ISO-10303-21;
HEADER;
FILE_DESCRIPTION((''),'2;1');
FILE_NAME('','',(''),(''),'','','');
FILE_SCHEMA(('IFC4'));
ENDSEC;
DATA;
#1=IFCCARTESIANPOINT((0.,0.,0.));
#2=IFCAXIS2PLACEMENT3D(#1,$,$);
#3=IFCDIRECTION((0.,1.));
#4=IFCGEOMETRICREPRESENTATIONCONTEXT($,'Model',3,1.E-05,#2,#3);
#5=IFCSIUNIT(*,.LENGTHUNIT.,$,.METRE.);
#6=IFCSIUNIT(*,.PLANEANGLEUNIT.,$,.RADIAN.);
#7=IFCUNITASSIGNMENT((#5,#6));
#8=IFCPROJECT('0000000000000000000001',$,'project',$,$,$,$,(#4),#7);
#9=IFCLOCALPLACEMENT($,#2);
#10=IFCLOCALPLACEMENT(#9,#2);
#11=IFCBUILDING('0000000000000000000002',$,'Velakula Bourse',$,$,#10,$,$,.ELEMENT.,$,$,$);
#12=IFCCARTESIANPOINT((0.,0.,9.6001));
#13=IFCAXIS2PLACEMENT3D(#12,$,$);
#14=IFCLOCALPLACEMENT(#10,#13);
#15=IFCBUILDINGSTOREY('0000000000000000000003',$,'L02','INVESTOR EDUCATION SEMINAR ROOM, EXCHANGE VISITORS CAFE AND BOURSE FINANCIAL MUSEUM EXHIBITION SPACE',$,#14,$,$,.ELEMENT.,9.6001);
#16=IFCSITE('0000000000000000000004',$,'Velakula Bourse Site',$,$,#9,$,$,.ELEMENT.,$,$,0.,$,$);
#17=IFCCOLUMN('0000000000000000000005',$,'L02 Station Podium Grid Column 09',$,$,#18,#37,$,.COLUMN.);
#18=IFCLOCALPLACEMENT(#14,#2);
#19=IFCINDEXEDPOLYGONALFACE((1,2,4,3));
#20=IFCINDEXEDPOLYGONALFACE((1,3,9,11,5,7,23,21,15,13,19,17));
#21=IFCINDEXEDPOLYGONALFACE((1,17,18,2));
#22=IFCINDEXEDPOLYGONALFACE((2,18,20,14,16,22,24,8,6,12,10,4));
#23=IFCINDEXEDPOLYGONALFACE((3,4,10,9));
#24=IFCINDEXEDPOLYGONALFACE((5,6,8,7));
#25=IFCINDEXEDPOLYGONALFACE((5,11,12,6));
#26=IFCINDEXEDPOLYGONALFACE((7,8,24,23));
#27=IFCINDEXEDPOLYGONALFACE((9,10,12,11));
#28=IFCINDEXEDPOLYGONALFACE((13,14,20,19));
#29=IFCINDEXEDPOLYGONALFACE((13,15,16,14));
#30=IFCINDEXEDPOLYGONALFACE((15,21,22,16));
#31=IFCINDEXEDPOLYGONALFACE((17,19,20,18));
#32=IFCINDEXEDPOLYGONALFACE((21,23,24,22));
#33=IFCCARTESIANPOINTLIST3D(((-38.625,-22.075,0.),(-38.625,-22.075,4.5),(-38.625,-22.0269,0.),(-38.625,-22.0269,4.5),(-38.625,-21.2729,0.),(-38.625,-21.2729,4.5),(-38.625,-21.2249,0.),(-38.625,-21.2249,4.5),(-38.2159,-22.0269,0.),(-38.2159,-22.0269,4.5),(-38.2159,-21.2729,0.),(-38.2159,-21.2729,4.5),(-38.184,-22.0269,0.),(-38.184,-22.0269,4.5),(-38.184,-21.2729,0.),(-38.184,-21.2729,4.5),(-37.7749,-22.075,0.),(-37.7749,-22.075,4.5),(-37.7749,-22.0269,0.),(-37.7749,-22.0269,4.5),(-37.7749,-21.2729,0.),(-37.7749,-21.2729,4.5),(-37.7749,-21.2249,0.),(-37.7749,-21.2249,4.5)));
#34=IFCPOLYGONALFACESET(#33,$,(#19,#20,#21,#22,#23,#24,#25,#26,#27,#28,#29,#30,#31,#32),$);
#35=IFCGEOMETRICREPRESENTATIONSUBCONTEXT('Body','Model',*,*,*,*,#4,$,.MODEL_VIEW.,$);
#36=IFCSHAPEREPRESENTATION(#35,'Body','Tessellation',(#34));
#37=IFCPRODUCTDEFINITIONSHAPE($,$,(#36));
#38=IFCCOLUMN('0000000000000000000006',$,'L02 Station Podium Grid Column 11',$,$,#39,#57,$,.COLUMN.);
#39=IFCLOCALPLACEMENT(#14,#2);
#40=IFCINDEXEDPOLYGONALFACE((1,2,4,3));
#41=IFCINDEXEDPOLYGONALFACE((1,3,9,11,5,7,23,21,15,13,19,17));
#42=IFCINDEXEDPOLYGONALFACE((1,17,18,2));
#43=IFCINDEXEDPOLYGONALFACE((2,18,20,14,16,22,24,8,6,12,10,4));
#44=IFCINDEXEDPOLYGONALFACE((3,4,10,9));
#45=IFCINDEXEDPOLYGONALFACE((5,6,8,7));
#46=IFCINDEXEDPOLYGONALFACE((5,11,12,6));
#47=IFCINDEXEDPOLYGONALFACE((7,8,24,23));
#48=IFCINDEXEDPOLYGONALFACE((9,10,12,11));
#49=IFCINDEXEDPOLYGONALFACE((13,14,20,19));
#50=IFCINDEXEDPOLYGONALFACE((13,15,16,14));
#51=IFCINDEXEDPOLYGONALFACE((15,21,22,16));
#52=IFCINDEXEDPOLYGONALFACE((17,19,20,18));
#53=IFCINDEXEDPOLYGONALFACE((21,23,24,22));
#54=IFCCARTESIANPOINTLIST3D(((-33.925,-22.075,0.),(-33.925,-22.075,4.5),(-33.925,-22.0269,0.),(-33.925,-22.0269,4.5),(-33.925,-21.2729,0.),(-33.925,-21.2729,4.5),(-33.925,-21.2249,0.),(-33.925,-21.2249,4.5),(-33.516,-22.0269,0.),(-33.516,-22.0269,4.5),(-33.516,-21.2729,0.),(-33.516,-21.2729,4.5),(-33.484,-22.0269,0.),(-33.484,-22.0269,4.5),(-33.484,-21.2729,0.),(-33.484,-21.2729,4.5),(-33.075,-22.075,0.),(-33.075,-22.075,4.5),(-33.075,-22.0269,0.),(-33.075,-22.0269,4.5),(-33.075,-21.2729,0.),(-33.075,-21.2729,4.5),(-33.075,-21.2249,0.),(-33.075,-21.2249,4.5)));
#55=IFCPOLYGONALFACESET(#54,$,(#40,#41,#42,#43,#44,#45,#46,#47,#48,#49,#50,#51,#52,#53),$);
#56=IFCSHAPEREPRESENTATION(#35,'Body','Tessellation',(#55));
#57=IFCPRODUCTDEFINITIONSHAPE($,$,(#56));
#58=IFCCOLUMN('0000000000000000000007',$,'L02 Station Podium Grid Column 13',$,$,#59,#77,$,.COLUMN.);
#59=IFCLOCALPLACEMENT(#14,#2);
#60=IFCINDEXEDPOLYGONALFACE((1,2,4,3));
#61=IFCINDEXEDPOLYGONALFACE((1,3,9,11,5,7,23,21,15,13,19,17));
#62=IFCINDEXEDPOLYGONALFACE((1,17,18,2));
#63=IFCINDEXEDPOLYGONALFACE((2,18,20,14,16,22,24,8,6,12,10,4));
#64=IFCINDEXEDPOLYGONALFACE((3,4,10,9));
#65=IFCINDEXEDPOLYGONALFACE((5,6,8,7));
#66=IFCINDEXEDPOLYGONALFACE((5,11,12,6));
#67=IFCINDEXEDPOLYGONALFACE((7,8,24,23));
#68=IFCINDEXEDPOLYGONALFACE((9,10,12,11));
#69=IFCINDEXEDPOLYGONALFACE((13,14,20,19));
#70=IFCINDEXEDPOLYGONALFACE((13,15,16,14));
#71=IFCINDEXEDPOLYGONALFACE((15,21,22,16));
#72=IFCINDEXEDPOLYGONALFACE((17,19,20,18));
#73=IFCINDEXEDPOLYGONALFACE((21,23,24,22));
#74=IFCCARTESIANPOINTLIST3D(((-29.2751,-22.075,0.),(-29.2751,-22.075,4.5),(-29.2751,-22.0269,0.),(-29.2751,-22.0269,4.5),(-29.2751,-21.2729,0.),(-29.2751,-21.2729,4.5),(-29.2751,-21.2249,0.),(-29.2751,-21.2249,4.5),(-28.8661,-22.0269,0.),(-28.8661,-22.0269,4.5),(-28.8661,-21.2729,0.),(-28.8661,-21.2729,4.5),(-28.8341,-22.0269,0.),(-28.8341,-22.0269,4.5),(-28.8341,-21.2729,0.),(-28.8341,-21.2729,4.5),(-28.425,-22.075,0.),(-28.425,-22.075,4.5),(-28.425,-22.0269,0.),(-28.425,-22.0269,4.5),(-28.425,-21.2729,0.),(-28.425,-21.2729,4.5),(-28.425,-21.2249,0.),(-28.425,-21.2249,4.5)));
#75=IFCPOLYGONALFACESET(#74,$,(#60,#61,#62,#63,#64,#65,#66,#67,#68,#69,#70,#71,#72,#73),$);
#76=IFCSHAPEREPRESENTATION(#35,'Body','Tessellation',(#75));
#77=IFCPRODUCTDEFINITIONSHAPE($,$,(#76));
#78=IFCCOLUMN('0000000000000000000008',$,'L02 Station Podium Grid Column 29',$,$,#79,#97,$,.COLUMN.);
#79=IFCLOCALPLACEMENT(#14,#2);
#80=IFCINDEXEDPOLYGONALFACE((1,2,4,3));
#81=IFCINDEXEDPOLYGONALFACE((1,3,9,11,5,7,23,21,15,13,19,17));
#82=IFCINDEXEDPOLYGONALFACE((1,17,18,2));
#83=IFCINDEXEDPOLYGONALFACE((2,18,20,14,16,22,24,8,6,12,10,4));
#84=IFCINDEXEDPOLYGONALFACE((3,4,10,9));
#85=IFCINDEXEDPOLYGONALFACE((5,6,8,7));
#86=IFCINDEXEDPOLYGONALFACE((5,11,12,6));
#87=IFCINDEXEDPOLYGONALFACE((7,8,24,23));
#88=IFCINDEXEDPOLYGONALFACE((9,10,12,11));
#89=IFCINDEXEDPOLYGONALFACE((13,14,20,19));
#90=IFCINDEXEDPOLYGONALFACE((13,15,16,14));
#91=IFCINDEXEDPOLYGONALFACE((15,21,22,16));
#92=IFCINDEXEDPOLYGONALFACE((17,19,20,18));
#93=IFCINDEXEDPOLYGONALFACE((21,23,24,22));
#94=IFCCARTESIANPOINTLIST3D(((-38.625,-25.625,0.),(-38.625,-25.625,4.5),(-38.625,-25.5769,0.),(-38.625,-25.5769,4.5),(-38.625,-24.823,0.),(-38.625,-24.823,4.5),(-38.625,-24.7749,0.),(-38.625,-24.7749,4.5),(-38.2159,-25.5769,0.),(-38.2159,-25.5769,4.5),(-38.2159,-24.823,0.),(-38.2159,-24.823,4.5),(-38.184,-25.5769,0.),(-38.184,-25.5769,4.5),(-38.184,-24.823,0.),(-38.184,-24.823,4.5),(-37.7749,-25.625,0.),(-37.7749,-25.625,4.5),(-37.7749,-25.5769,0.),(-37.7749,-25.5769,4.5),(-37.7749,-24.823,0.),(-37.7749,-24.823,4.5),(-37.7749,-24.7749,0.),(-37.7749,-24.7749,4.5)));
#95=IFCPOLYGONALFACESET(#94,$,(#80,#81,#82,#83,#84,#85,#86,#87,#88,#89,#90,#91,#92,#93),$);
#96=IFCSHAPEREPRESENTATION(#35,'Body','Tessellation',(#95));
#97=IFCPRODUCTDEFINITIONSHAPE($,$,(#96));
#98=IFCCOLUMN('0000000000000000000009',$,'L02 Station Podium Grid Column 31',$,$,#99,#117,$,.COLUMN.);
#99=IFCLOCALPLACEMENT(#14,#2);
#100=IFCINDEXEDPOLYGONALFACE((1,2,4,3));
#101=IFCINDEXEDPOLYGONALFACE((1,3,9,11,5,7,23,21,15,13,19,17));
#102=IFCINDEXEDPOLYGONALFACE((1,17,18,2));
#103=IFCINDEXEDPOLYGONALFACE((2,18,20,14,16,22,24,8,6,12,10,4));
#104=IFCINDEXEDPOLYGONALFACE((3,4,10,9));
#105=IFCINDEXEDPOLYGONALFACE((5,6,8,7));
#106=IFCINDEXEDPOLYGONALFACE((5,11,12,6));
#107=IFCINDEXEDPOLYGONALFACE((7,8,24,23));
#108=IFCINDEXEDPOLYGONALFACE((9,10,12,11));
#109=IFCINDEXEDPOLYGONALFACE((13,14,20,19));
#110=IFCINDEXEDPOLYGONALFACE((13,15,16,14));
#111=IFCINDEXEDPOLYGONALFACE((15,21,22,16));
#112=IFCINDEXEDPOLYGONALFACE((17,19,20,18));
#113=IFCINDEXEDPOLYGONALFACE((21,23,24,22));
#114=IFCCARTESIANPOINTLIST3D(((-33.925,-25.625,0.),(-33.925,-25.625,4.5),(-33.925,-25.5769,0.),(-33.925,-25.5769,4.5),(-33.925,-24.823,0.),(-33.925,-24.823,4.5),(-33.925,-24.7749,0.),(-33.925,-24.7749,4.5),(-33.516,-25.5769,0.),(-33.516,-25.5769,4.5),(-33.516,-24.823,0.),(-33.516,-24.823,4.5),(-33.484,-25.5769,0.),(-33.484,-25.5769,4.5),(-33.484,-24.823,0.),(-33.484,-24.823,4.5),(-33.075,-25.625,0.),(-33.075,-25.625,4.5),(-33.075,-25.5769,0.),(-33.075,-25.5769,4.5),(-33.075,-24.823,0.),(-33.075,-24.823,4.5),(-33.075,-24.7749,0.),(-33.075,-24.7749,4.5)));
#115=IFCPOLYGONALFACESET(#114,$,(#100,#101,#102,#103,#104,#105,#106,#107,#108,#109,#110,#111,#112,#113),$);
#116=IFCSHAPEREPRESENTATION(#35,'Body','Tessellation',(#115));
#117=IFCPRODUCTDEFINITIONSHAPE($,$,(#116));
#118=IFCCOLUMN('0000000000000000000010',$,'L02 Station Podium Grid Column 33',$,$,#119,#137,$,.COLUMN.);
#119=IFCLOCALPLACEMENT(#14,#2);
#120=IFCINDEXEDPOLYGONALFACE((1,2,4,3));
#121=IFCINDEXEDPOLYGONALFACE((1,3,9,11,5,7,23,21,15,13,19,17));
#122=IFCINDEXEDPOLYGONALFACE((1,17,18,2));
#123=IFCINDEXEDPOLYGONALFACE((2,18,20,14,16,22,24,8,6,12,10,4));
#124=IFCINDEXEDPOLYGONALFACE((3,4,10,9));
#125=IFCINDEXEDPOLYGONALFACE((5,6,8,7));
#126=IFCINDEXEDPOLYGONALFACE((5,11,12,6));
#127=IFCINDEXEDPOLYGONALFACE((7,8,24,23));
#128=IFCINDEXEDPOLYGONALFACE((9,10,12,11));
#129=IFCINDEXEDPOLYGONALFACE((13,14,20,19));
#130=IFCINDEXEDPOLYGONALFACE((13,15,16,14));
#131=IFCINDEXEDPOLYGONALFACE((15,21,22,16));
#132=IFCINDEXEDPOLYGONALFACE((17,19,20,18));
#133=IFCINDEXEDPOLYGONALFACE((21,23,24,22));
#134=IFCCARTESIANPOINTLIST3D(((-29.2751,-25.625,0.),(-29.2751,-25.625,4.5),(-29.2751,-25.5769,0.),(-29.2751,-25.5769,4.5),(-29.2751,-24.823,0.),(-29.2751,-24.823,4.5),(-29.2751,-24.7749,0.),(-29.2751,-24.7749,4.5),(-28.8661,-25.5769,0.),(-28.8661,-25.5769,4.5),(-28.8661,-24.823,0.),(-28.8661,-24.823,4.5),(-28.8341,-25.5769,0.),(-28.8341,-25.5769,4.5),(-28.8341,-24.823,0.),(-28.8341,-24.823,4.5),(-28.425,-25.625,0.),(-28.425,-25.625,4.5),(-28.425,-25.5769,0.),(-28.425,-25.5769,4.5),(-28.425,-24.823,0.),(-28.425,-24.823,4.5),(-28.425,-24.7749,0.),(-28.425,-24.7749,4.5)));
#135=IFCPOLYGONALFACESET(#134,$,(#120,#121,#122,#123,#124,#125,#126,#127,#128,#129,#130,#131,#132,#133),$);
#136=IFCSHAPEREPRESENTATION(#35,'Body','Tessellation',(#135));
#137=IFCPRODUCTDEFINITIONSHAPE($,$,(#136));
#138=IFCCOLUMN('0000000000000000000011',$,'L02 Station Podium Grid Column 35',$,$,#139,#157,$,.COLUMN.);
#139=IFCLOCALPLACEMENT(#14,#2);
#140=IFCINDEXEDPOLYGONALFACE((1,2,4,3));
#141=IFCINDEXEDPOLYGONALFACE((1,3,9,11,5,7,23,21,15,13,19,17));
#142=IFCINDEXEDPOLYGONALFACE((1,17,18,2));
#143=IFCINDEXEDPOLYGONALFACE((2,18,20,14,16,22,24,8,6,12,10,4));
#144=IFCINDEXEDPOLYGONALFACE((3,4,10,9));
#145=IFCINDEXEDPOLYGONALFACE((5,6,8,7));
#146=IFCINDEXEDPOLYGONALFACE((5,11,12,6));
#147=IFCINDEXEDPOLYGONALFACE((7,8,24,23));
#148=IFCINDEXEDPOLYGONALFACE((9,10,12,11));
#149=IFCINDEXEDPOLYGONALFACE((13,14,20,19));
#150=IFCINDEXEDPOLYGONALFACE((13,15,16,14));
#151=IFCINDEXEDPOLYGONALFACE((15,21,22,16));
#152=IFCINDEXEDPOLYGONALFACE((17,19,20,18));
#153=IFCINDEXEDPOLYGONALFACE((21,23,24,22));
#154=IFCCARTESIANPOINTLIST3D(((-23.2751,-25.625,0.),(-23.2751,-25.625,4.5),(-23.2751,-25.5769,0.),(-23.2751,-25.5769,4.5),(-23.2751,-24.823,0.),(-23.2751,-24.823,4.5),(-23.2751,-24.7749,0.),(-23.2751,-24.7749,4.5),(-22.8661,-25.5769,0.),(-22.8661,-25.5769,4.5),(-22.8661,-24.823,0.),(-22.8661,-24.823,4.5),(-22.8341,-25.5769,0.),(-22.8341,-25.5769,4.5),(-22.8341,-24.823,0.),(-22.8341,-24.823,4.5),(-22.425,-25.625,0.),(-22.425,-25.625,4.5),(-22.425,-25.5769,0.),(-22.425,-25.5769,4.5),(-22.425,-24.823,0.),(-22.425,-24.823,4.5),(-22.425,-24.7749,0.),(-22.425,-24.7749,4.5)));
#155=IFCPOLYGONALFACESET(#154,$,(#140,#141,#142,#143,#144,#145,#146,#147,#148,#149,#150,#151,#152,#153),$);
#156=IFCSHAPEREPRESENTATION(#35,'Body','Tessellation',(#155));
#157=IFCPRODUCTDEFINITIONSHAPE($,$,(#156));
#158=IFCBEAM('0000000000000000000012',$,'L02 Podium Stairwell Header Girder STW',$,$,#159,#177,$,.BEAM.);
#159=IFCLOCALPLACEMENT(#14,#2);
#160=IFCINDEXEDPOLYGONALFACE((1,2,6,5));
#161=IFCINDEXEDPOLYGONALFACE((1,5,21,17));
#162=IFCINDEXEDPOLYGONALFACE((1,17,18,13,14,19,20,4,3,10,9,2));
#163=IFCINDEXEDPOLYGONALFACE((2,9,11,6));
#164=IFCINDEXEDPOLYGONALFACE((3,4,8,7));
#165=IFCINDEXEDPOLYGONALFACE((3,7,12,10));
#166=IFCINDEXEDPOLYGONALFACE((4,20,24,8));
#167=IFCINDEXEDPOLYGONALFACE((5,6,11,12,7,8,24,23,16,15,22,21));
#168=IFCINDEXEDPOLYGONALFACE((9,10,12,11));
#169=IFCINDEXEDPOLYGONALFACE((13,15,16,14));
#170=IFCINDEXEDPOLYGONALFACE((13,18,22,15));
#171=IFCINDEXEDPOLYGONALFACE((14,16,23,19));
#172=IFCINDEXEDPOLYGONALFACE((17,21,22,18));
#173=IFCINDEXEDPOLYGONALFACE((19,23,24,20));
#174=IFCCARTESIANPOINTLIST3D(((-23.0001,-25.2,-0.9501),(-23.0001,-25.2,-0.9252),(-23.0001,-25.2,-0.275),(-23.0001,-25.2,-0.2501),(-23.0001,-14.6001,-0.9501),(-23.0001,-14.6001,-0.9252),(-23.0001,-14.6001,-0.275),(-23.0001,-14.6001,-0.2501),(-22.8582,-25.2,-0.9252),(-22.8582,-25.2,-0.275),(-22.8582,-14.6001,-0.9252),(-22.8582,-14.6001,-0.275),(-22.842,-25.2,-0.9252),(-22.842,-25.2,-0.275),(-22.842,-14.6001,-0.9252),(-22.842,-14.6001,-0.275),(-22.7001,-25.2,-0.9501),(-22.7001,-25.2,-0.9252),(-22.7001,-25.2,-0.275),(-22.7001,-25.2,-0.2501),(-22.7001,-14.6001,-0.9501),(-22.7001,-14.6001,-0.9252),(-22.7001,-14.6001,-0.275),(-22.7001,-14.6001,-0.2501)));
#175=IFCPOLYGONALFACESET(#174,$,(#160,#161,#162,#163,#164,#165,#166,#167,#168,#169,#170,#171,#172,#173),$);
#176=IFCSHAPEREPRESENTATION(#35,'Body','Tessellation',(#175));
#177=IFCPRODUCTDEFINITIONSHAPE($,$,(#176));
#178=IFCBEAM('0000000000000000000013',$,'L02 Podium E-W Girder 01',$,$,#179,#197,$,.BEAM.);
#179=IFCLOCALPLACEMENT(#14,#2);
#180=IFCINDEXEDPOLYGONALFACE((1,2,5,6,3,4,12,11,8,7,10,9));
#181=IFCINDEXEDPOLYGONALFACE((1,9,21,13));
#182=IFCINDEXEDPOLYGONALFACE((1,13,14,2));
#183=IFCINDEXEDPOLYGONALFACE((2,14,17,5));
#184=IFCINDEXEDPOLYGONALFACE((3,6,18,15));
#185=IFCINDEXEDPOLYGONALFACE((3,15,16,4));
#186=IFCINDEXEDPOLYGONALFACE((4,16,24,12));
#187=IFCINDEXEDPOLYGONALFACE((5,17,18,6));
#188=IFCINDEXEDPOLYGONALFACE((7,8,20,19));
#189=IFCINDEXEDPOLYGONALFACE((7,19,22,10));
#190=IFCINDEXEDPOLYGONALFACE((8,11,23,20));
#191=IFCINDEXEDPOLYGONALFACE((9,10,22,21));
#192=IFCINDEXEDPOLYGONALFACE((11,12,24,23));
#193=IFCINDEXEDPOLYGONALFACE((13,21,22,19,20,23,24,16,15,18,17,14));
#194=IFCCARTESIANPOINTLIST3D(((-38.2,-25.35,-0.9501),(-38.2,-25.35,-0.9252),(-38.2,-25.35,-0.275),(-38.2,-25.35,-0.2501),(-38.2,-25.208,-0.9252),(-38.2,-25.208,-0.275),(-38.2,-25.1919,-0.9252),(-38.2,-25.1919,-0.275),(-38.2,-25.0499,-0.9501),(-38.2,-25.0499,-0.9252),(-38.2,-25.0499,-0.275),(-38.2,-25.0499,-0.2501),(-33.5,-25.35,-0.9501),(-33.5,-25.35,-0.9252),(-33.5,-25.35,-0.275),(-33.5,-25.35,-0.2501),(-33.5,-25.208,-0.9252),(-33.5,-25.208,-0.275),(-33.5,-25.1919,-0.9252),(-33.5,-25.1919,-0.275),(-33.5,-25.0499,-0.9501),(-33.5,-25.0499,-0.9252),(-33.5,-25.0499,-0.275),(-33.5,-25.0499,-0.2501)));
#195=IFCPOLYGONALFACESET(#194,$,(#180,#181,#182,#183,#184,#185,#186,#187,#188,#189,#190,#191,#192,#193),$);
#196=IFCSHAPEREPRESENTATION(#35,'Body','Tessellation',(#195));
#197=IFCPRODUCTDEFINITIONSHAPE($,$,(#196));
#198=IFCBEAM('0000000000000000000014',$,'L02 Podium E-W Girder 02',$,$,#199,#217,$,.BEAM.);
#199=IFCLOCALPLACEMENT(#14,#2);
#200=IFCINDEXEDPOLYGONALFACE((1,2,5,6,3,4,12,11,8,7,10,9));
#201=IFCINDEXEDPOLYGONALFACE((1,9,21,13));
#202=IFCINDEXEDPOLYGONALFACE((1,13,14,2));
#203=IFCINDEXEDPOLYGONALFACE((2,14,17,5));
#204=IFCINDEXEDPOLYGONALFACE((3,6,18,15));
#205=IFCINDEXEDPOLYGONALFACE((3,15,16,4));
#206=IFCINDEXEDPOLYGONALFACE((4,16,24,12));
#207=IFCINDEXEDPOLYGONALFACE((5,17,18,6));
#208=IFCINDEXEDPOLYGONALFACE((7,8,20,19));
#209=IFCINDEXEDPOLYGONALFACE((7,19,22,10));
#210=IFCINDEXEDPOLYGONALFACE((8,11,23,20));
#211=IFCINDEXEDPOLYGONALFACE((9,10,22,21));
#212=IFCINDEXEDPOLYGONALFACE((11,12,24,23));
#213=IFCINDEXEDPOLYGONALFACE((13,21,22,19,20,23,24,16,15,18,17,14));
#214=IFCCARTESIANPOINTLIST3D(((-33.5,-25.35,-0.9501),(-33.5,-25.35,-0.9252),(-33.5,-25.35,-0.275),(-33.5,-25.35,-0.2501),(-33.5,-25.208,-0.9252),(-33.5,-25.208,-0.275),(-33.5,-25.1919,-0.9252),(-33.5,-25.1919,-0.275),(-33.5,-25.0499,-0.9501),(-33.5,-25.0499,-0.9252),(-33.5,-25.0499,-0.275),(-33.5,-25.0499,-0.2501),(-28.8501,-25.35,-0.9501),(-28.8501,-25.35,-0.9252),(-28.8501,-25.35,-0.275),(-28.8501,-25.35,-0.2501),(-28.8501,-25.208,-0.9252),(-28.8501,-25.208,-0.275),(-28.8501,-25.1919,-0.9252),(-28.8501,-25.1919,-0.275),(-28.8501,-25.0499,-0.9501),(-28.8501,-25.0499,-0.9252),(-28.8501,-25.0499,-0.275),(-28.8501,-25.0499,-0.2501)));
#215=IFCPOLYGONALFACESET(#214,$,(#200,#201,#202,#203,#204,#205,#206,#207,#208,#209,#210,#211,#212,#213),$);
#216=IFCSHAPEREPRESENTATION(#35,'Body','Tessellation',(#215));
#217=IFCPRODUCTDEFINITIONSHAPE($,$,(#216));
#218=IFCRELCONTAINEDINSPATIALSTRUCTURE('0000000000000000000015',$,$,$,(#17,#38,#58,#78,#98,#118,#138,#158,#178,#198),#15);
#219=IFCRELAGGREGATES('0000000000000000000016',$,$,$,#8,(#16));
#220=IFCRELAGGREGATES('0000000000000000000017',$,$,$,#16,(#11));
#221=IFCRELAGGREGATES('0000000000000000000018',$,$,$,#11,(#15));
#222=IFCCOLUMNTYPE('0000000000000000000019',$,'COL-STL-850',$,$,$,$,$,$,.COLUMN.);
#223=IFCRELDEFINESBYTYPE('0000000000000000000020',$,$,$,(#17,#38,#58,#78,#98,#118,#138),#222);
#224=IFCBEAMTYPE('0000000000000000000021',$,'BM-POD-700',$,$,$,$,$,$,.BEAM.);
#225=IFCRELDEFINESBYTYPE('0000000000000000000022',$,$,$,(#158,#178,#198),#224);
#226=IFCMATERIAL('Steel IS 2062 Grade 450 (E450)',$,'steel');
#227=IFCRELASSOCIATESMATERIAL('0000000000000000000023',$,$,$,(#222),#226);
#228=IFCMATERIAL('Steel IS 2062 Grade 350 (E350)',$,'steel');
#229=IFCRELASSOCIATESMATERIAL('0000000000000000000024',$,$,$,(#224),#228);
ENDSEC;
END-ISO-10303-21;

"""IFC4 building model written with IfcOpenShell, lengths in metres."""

from ifc_helpers import new_model, si_unit, direction, frame, origin, origin_2d, place, context, subcontext, project, spatial, i_section, extrude, material, material_profile, profile_set, type_object, element, save


model = new_model("IFC4")

# Units and contexts
model_context = context("Model", 3, precision=1e-05, world=origin(), true_north=direction((0.0, 1.0)))
body_context = subcontext(model_context, "Body", "Model", "MODEL_VIEW")
ifc_project = project(units=[si_unit("LENGTHUNIT", "METRE"), si_unit("PLANEANGLEUNIT", "RADIAN")], contexts=[model_context])

# Site, building, storey
site_placement = place(None, origin())
site = spatial("IfcSite", under=ifc_project, at=site_placement, Name="Velakula Bourse Site", CompositionType="ELEMENT", RefElevation=0.0)
building_placement = place(site_placement, origin())
building = spatial("IfcBuilding", under=site, at=building_placement, Name="Velakula Bourse", CompositionType="ELEMENT")
storey_placement = place(building_placement, frame((0.0, 0.0, 9.6001)))
storey = spatial("IfcBuildingStorey", under=building, at=storey_placement, Name="L02", Description="INVESTOR EDUCATION SEMINAR ROOM, EXCHANGE VISITORS CAFE AND BOURSE FINANCIAL MUSEUM EXHIBITION SPACE", CompositionType="ELEMENT", Elevation=9.6001)

# Columns
ifc_material_1 = material(Name="Steel IS 2062 Grade 450 (E450)", Category="steel")
ifc_material_profile_1 = material_profile(ifc_material_1, i_section(OverallWidth=0.8501, OverallDepth=0.8501, WebThickness=0.032, FlangeThickness=0.0481, at=origin_2d()), Name="Steel IS 2062 Grade 450 (E450)")
ifc_profile_set_1 = profile_set([ifc_material_profile_1], Name="Steel IS 2062 Grade 450 (E450)")
column_type = type_object("IfcColumnType", Name="COL-STL-850", PredefinedType="COLUMN", material=ifc_profile_set_1)
for number, where, z_axis, x_axis, name in (
    (1, (-38.2, -21.6499, 0.0), (0.0, 0.0, 1.0), (1.0, 0.0, 0.0), "L02 Station Podium Grid Column 09"),
    (2, (-33.5, -21.6499, 0.0), (0.0, 0.0, 1.0), (1.0, 0.0, 0.0), "L02 Station Podium Grid Column 11"),
    (3, (-28.8501, -21.6499, 0.0), (0.0, 0.0, 1.0), (1.0, 0.0, 0.0), "L02 Station Podium Grid Column 13"),
    (4, (-38.2, -25.2, 0.0), (0.0, 0.0, 1.0), (1.0, 0.0, 0.0), "L02 Station Podium Grid Column 29"),
    (5, (-33.5, -25.2, 0.0), (0.0, 0.0, 1.0), (1.0, 0.0, 0.0), "L02 Station Podium Grid Column 31"),
    (6, (-28.8501, -25.2, 0.0), (0.0, 0.0, 1.0), (1.0, 0.0, 0.0), "L02 Station Podium Grid Column 33"),
    (7, (-22.8501, -25.2, 0.0), (0.0, 0.0, 1.0), (1.0, 0.0, 0.0), "L02 Station Podium Grid Column 35"),
):
    element("IfcColumn", number, at=place(storey_placement, frame(where, z_axis=z_axis, x_axis=x_axis)), inside=storey, type_object=column_type, Name=name, PredefinedType="COLUMN", context=body_context, shape_type="SweptSolid", body=[
        extrude(i_section(OverallWidth=0.8501, OverallDepth=0.8501, WebThickness=0.032, FlangeThickness=0.0481, at=origin_2d()), origin(), (0.0, 0.0, 1.0), 4.5),
    ])

# Beams
ifc_material_2 = material(Name="Steel IS 2062 Grade 350 (E350)", Category="steel")
ifc_material_profile_2 = material_profile(ifc_material_2, i_section(OverallWidth=0.3, OverallDepth=0.7, WebThickness=0.0161, FlangeThickness=0.0249, at=origin_2d()), Name="Steel IS 2062 Grade 350 (E350)")
ifc_profile_set_2 = profile_set([ifc_material_profile_2], Name="Steel IS 2062 Grade 350 (E350)")
beam_type_1 = type_object("IfcBeamType", Name="BM-POD-700", PredefinedType="BEAM", material=ifc_profile_set_2)
beam_1_placement = place(storey_placement, frame((-22.8501, -25.2, -0.6001), z_axis=(0.0, 1.0, 0.0), x_axis=(-1.0, 0.0, 0.0)))
element("IfcBeam", 8, at=beam_1_placement, inside=storey, type_object=beam_type_1, Name="L02 Podium Stairwell Header Girder STW", PredefinedType="BEAM", context=body_context, shape_type="SweptSolid", body=[
    extrude(i_section(OverallWidth=0.3, OverallDepth=0.7, WebThickness=0.0161, FlangeThickness=0.0249, at=origin_2d()), origin(), (0.0, 0.0, 1.0), 10.5999),
])
beam_2_placement = place(storey_placement, frame((-38.2, -25.2, -0.6001), z_axis=(1.0, 0.0, 0.0), x_axis=(0.0, 1.0, 0.0)))
element("IfcBeam", 9, at=beam_2_placement, inside=storey, type_object=beam_type_1, Name="L02 Podium E-W Girder 01", PredefinedType="BEAM", context=body_context, shape_type="SweptSolid", body=[
    extrude(i_section(OverallWidth=0.3, OverallDepth=0.7, WebThickness=0.0161, FlangeThickness=0.0249, at=origin_2d()), origin(), (0.0, 0.0, 1.0), 4.7),
])
beam_3_placement = place(storey_placement, frame((-33.5, -25.2, -0.6001), z_axis=(1.0, 0.0, 0.0), x_axis=(0.0, 1.0, 0.0)))
element("IfcBeam", 10, at=beam_3_placement, inside=storey, type_object=beam_type_1, Name="L02 Podium E-W Girder 02", PredefinedType="BEAM", context=body_context, shape_type="SweptSolid", body=[
    extrude(i_section(OverallWidth=0.3, OverallDepth=0.7, WebThickness=0.0161, FlangeThickness=0.0249, at=origin_2d()), origin(), (0.0, 0.0, 1.0), 4.6499),
])

save(model, "model.ifc")
